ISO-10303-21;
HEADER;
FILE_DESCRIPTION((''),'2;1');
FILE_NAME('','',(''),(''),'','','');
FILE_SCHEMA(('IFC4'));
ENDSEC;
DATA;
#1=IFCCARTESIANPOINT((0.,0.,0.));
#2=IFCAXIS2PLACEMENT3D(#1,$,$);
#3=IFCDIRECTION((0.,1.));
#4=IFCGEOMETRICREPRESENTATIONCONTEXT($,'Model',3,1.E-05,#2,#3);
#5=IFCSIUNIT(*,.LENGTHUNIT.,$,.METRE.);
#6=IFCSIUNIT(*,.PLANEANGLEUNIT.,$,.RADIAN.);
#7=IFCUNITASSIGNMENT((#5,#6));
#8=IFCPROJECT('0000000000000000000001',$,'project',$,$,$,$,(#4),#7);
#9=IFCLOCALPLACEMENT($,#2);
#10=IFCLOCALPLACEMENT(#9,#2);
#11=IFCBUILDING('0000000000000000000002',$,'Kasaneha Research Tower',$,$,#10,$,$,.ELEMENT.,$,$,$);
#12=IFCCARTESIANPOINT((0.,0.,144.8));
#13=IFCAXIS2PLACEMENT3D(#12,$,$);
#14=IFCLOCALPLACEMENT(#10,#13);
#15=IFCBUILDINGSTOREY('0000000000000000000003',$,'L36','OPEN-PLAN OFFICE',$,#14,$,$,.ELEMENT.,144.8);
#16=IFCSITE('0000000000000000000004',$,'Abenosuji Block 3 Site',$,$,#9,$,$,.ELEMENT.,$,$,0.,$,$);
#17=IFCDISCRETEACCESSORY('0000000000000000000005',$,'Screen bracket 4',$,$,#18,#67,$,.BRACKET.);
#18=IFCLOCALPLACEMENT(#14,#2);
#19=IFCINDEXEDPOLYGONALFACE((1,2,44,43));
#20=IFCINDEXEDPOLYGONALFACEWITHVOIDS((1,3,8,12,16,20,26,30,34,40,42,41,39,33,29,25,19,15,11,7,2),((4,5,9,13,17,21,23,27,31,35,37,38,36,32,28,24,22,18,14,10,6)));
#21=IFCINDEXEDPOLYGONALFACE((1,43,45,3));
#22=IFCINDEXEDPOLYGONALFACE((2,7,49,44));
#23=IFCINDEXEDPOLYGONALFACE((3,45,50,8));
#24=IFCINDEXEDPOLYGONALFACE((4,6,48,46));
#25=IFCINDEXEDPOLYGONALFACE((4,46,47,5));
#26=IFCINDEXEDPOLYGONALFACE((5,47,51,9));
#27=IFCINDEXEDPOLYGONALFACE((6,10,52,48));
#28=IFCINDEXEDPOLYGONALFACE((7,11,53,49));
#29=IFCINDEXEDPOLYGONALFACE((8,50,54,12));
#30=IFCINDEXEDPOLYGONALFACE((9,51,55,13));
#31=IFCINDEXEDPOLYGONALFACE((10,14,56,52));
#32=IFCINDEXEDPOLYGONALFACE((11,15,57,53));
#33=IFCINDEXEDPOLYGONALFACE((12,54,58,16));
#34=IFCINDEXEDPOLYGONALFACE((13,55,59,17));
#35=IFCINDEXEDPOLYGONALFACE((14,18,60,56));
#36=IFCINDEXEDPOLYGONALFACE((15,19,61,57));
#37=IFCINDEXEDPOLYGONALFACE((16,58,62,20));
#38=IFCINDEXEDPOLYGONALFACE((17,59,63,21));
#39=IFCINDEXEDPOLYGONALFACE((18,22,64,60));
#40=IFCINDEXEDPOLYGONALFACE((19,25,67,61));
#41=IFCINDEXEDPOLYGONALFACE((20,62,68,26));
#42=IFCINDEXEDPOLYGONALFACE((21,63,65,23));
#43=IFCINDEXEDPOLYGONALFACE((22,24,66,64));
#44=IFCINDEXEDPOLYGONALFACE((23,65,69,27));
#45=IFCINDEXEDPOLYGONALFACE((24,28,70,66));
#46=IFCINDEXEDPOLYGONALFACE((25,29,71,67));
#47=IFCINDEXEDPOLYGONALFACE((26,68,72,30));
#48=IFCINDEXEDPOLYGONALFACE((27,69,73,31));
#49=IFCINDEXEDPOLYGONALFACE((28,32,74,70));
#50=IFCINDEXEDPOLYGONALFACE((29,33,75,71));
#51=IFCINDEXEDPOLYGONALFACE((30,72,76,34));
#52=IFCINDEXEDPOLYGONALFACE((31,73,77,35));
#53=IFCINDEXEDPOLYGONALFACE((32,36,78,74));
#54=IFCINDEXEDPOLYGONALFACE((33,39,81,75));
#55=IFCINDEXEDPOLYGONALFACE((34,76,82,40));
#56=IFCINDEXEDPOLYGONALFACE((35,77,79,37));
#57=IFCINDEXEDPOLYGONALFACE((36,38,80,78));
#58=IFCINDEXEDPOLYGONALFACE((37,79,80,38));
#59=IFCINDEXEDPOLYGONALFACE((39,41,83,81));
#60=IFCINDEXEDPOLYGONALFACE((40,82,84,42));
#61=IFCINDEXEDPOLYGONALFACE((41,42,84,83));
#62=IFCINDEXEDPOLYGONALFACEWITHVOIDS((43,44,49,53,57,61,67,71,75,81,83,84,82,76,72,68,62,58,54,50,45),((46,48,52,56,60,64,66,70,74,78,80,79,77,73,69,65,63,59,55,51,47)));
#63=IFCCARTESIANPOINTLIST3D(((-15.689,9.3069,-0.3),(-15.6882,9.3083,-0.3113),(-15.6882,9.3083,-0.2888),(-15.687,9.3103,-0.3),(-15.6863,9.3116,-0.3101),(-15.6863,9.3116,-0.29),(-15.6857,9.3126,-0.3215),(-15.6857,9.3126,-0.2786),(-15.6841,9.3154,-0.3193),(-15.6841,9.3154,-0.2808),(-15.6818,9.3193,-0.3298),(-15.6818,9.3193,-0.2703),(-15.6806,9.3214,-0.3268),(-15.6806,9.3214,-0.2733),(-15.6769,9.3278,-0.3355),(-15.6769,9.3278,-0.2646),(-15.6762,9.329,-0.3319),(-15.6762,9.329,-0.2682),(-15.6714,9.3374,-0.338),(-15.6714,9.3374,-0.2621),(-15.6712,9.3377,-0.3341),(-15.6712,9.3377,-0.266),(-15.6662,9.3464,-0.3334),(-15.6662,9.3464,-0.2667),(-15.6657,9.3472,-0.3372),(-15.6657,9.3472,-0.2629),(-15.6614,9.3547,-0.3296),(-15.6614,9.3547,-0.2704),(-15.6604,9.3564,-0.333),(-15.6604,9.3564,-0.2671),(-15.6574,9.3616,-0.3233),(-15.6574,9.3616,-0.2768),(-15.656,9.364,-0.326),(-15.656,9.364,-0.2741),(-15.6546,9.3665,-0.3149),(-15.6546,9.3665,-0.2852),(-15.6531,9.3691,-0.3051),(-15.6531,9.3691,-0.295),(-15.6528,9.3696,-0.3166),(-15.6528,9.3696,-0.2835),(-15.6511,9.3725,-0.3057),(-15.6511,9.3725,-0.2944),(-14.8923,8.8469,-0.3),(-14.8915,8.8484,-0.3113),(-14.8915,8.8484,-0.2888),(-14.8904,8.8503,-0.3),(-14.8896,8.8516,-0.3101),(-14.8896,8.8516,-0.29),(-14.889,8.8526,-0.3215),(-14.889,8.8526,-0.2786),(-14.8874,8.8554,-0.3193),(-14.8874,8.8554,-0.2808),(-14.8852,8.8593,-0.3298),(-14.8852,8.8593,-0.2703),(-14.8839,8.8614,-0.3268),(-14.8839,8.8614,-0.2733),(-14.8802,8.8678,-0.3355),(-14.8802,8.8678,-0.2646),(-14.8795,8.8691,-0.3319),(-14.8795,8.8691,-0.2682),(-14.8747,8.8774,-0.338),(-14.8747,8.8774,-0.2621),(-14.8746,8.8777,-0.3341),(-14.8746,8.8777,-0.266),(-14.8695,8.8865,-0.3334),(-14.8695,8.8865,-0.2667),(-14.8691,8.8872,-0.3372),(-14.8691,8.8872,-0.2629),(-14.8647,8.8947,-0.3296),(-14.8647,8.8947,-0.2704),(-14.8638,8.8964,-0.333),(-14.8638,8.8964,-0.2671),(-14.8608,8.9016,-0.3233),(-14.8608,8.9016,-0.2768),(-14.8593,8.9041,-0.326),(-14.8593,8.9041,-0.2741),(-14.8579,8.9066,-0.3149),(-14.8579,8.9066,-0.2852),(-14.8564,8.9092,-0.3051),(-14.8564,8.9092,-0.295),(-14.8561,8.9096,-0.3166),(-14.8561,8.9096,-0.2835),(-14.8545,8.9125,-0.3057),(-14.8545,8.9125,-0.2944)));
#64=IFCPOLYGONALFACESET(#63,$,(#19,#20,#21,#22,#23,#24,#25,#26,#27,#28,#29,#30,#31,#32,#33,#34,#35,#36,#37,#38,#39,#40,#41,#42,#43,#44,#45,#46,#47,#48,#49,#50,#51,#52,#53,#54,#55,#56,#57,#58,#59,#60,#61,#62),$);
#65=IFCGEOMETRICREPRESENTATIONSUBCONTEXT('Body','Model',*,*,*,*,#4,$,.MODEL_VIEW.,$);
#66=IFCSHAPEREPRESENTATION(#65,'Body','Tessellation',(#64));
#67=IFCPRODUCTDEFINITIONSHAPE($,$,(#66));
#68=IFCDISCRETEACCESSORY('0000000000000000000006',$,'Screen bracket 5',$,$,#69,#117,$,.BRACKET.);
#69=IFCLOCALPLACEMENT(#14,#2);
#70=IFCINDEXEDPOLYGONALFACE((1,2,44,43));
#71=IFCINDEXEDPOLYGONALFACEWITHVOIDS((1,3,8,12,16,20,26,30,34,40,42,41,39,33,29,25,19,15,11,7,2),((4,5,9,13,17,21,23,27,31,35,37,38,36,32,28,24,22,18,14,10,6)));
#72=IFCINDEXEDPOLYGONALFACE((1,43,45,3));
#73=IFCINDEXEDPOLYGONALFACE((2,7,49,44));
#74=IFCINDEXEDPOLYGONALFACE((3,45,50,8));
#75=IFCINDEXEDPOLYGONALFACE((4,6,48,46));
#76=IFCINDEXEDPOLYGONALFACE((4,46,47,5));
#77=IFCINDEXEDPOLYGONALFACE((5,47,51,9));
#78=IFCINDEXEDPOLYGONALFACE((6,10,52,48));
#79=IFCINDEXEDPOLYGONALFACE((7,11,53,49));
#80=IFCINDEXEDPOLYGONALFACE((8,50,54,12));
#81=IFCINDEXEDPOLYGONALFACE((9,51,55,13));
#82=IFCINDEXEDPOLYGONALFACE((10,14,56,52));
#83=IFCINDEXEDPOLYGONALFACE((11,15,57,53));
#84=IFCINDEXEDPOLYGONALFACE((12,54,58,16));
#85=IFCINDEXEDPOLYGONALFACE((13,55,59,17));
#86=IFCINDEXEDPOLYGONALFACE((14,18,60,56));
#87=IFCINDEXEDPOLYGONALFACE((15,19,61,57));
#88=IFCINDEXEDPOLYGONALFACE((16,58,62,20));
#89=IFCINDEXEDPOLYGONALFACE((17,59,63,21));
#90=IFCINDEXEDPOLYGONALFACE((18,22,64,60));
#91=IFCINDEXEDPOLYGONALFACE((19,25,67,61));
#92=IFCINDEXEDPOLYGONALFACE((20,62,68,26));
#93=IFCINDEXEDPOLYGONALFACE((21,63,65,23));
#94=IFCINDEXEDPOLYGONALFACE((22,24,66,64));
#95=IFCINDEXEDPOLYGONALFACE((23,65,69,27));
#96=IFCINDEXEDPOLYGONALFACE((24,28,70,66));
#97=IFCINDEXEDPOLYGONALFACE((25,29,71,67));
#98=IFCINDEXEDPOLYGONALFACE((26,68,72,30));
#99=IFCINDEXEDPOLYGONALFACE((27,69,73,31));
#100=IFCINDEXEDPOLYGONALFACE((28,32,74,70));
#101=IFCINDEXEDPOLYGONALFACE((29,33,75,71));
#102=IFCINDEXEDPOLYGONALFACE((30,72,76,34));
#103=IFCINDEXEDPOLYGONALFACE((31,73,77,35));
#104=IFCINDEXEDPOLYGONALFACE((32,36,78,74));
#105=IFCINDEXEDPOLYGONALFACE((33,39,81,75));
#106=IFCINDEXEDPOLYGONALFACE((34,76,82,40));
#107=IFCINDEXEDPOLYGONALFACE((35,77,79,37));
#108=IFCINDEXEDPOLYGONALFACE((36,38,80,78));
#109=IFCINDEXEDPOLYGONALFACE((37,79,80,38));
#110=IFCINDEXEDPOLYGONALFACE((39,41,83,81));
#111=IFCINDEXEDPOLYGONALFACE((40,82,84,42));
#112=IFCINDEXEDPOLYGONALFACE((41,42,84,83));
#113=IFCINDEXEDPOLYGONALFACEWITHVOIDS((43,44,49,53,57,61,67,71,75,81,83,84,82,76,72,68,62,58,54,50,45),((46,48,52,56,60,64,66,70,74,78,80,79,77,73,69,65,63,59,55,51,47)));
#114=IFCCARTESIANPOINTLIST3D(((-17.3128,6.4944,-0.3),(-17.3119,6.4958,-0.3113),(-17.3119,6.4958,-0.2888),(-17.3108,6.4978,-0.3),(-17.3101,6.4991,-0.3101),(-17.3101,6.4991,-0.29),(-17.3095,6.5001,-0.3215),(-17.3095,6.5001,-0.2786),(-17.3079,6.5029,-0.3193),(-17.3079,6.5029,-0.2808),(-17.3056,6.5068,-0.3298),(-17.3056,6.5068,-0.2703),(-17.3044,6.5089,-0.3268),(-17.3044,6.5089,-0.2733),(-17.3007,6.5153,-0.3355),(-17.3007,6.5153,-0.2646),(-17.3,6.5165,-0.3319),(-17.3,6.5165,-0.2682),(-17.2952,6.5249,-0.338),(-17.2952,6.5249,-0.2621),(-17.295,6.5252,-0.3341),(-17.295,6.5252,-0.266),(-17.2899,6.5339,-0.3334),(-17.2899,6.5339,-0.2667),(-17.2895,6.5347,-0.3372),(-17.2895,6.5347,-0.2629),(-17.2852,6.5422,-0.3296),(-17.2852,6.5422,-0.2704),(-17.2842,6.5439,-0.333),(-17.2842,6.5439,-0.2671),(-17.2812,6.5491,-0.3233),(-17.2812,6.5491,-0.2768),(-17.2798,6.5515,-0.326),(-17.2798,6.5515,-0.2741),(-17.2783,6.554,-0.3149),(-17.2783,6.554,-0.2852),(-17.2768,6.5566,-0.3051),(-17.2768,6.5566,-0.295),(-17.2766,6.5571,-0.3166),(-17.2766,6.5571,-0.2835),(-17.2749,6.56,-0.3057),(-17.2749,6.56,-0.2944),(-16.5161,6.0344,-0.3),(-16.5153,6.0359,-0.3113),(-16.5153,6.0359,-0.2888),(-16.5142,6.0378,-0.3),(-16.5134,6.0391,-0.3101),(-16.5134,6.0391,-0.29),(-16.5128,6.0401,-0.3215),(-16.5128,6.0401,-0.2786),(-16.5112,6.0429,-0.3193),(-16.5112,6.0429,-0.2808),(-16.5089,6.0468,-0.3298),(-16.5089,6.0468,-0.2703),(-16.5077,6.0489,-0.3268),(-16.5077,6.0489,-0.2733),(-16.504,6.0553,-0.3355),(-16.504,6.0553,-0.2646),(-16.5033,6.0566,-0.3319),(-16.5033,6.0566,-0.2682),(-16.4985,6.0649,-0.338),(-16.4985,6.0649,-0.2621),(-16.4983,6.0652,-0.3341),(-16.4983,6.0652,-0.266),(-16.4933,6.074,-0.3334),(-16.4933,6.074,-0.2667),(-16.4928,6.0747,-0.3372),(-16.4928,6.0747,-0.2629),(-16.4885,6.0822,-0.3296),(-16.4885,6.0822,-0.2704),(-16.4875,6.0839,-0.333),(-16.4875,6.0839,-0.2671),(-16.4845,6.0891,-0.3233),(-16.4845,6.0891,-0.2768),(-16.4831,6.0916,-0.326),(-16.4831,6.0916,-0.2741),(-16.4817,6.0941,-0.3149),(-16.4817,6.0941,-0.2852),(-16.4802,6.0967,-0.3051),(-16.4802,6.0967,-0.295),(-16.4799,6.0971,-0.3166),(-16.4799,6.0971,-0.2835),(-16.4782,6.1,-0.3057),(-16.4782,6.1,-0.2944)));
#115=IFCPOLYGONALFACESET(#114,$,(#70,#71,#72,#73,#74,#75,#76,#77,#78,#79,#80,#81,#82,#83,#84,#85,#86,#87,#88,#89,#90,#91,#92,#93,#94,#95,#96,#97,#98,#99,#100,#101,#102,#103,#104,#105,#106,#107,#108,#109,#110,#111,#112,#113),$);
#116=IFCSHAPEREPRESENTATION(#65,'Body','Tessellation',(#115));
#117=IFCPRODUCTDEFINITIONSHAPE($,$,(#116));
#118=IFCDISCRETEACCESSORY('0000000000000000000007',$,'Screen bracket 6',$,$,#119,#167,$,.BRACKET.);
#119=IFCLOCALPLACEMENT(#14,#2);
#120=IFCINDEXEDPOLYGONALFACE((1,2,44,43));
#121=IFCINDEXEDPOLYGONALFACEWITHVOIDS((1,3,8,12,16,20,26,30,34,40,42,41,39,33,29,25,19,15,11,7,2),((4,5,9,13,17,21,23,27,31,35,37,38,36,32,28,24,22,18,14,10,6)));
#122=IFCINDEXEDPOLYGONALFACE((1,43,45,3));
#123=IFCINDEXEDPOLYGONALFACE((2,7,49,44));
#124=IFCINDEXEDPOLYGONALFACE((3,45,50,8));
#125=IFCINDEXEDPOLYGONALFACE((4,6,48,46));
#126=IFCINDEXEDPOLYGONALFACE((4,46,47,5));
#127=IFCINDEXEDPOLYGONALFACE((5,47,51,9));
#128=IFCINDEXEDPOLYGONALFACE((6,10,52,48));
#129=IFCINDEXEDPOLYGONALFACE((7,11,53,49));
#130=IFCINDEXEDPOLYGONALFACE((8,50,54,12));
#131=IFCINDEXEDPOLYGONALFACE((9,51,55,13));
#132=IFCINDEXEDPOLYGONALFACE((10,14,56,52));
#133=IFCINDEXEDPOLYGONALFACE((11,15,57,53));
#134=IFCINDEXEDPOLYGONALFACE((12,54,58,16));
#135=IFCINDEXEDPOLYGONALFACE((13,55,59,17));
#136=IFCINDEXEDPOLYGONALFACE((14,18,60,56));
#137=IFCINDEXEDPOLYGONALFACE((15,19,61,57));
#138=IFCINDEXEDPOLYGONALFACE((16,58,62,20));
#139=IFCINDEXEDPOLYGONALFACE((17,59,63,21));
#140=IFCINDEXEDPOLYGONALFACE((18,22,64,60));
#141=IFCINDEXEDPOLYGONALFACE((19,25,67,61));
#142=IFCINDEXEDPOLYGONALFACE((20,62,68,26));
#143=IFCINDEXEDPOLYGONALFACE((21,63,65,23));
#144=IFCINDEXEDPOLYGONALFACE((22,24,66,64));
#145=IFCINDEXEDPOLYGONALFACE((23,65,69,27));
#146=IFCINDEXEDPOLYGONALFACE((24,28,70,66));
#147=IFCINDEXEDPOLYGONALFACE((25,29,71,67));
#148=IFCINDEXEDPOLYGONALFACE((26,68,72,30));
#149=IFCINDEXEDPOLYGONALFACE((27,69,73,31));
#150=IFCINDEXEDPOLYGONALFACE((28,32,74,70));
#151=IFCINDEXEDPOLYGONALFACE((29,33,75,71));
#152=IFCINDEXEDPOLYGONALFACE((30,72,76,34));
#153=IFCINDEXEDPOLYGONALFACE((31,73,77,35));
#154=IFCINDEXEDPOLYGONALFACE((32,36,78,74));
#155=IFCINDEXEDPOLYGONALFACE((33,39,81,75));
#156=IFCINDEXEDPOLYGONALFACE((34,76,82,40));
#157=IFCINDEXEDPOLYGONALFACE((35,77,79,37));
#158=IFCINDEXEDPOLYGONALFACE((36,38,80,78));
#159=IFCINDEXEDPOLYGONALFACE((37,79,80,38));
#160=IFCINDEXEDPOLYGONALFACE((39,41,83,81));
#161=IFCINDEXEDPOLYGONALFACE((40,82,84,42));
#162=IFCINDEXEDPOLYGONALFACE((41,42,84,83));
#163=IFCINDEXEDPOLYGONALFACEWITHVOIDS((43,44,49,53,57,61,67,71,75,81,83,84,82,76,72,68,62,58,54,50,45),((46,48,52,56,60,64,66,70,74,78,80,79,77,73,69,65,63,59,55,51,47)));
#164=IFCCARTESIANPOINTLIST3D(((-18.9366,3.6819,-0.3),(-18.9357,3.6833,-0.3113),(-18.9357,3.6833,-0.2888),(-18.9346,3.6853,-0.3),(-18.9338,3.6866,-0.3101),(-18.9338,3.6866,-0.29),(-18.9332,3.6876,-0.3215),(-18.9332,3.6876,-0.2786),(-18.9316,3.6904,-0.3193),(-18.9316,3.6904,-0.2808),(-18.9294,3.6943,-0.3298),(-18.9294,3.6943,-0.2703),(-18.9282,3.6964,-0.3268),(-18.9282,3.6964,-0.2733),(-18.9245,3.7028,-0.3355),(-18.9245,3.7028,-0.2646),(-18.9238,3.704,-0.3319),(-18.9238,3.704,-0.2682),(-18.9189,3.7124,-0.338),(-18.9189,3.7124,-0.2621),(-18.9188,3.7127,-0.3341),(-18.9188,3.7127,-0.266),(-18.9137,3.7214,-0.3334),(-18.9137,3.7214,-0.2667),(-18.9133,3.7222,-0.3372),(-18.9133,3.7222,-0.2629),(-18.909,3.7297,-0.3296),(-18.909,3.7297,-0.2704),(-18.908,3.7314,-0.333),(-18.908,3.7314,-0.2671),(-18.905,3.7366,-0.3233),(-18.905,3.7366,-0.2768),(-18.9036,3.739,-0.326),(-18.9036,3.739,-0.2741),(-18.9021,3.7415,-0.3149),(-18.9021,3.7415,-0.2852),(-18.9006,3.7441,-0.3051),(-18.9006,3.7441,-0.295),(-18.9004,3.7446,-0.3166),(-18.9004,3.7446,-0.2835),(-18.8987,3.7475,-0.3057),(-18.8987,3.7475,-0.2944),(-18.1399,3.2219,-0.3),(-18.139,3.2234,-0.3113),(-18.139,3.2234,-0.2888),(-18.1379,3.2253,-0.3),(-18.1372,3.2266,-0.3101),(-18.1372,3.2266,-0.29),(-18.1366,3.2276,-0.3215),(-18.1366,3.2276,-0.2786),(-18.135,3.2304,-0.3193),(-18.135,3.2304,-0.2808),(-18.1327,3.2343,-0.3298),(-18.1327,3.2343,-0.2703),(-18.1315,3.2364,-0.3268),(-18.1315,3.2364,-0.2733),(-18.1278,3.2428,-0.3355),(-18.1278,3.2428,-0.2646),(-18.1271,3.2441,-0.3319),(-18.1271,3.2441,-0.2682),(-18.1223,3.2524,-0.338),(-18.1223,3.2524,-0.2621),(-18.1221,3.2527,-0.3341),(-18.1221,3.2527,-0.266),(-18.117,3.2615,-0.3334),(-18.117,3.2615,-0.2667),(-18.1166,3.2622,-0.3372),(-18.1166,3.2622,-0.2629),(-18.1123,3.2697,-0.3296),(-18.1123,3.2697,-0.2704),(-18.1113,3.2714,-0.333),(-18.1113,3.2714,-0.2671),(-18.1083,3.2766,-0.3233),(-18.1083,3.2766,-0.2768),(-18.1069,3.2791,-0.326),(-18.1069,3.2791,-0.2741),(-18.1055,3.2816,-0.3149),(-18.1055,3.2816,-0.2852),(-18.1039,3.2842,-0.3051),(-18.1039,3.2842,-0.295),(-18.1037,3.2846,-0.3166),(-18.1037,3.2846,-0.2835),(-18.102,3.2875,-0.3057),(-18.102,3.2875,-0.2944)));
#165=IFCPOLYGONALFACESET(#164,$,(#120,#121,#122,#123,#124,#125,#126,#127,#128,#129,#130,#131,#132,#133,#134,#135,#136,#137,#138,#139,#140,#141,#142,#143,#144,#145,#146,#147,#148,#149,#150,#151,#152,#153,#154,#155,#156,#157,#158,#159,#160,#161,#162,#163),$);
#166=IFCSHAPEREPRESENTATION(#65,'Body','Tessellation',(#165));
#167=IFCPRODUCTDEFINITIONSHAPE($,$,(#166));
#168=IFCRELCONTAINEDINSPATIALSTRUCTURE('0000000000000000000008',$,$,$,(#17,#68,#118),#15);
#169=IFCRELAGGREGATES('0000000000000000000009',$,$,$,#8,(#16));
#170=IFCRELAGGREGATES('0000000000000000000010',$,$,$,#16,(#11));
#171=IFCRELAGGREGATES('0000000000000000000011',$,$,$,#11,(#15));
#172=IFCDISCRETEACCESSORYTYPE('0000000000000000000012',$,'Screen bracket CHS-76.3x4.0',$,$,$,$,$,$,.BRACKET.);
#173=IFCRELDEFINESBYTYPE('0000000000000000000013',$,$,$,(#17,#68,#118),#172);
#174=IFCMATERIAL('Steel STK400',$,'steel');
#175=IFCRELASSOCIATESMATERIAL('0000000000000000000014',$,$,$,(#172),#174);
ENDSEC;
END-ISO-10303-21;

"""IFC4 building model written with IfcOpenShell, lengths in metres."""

from ifc_helpers import new_model, si_unit, direction, frame, origin, origin_2d, place, context, subcontext, project, spatial, hollow_circle, extrude, material, material_profile, profile_set, type_object, element, save


model = new_model("IFC4")

# Units and contexts
model_context = context("Model", 3, precision=1e-05, world=origin(), true_north=direction((0.0, 1.0)))
body_context = subcontext(model_context, "Body", "Model", "MODEL_VIEW")
ifc_project = project(units=[si_unit("LENGTHUNIT", "METRE"), si_unit("PLANEANGLEUNIT", "RADIAN")], contexts=[model_context])

# Site, building, storey
site_placement = place(None, origin())
site = spatial("IfcSite", under=ifc_project, at=site_placement, Name="Abenosuji Block 3 Site", CompositionType="ELEMENT", RefElevation=0.0)
building_placement = place(site_placement, origin())
building = spatial("IfcBuilding", under=site, at=building_placement, Name="Kasaneha Research Tower", CompositionType="ELEMENT")
storey_placement = place(building_placement, frame((0.0, 0.0, 144.8)))
storey = spatial("IfcBuildingStorey", under=building, at=storey_placement, Name="L36", Description="OPEN-PLAN OFFICE", CompositionType="ELEMENT", Elevation=144.8)

# Discrete accessories
ifc_material_1 = material(Name="Steel STK400", Category="steel")
ifc_material_profile_1 = material_profile(ifc_material_1, hollow_circle(Radius=0.0381, WallThickness=0.0039, at=origin_2d()), Name="CHS-76.3x4.0")
ifc_profile_set_1 = profile_set([ifc_material_profile_1], Name="Steel STK400")
discrete_accessory_type = type_object("IfcDiscreteAccessoryType", Name="Screen bracket CHS-76.3x4.0", PredefinedType="BRACKET", material=ifc_profile_set_1)
for number, where, z_axis, x_axis, name in (
    (1, (-14.8733, 8.8799, -0.3), (-0.866013, 0.500021, 0.0), (-0.500021, -0.866013, 0.0), "Screen bracket 4"),
    (2, (-16.4971, 6.0674, -0.3), (-0.866013, 0.500021, 0.0), (-0.500021, -0.866013, 0.0), "Screen bracket 5"),
    (3, (-18.1208, 3.2549, -0.3), (-0.866013, 0.500021, 0.0), (-0.500021, -0.866013, 0.0), "Screen bracket 6"),
):
    element("IfcDiscreteAccessory", number, at=place(storey_placement, frame(where, z_axis=z_axis, x_axis=x_axis)), inside=storey, type_object=discrete_accessory_type, Name=name, PredefinedType="BRACKET", context=body_context, shape_type="SweptSolid", body=[
        extrude(hollow_circle(Radius=0.0381, WallThickness=0.0039, at=origin_2d()), origin(), (0.0, 0.0, 1.0), 0.9199),
    ])

save(model, "model.ifc")
